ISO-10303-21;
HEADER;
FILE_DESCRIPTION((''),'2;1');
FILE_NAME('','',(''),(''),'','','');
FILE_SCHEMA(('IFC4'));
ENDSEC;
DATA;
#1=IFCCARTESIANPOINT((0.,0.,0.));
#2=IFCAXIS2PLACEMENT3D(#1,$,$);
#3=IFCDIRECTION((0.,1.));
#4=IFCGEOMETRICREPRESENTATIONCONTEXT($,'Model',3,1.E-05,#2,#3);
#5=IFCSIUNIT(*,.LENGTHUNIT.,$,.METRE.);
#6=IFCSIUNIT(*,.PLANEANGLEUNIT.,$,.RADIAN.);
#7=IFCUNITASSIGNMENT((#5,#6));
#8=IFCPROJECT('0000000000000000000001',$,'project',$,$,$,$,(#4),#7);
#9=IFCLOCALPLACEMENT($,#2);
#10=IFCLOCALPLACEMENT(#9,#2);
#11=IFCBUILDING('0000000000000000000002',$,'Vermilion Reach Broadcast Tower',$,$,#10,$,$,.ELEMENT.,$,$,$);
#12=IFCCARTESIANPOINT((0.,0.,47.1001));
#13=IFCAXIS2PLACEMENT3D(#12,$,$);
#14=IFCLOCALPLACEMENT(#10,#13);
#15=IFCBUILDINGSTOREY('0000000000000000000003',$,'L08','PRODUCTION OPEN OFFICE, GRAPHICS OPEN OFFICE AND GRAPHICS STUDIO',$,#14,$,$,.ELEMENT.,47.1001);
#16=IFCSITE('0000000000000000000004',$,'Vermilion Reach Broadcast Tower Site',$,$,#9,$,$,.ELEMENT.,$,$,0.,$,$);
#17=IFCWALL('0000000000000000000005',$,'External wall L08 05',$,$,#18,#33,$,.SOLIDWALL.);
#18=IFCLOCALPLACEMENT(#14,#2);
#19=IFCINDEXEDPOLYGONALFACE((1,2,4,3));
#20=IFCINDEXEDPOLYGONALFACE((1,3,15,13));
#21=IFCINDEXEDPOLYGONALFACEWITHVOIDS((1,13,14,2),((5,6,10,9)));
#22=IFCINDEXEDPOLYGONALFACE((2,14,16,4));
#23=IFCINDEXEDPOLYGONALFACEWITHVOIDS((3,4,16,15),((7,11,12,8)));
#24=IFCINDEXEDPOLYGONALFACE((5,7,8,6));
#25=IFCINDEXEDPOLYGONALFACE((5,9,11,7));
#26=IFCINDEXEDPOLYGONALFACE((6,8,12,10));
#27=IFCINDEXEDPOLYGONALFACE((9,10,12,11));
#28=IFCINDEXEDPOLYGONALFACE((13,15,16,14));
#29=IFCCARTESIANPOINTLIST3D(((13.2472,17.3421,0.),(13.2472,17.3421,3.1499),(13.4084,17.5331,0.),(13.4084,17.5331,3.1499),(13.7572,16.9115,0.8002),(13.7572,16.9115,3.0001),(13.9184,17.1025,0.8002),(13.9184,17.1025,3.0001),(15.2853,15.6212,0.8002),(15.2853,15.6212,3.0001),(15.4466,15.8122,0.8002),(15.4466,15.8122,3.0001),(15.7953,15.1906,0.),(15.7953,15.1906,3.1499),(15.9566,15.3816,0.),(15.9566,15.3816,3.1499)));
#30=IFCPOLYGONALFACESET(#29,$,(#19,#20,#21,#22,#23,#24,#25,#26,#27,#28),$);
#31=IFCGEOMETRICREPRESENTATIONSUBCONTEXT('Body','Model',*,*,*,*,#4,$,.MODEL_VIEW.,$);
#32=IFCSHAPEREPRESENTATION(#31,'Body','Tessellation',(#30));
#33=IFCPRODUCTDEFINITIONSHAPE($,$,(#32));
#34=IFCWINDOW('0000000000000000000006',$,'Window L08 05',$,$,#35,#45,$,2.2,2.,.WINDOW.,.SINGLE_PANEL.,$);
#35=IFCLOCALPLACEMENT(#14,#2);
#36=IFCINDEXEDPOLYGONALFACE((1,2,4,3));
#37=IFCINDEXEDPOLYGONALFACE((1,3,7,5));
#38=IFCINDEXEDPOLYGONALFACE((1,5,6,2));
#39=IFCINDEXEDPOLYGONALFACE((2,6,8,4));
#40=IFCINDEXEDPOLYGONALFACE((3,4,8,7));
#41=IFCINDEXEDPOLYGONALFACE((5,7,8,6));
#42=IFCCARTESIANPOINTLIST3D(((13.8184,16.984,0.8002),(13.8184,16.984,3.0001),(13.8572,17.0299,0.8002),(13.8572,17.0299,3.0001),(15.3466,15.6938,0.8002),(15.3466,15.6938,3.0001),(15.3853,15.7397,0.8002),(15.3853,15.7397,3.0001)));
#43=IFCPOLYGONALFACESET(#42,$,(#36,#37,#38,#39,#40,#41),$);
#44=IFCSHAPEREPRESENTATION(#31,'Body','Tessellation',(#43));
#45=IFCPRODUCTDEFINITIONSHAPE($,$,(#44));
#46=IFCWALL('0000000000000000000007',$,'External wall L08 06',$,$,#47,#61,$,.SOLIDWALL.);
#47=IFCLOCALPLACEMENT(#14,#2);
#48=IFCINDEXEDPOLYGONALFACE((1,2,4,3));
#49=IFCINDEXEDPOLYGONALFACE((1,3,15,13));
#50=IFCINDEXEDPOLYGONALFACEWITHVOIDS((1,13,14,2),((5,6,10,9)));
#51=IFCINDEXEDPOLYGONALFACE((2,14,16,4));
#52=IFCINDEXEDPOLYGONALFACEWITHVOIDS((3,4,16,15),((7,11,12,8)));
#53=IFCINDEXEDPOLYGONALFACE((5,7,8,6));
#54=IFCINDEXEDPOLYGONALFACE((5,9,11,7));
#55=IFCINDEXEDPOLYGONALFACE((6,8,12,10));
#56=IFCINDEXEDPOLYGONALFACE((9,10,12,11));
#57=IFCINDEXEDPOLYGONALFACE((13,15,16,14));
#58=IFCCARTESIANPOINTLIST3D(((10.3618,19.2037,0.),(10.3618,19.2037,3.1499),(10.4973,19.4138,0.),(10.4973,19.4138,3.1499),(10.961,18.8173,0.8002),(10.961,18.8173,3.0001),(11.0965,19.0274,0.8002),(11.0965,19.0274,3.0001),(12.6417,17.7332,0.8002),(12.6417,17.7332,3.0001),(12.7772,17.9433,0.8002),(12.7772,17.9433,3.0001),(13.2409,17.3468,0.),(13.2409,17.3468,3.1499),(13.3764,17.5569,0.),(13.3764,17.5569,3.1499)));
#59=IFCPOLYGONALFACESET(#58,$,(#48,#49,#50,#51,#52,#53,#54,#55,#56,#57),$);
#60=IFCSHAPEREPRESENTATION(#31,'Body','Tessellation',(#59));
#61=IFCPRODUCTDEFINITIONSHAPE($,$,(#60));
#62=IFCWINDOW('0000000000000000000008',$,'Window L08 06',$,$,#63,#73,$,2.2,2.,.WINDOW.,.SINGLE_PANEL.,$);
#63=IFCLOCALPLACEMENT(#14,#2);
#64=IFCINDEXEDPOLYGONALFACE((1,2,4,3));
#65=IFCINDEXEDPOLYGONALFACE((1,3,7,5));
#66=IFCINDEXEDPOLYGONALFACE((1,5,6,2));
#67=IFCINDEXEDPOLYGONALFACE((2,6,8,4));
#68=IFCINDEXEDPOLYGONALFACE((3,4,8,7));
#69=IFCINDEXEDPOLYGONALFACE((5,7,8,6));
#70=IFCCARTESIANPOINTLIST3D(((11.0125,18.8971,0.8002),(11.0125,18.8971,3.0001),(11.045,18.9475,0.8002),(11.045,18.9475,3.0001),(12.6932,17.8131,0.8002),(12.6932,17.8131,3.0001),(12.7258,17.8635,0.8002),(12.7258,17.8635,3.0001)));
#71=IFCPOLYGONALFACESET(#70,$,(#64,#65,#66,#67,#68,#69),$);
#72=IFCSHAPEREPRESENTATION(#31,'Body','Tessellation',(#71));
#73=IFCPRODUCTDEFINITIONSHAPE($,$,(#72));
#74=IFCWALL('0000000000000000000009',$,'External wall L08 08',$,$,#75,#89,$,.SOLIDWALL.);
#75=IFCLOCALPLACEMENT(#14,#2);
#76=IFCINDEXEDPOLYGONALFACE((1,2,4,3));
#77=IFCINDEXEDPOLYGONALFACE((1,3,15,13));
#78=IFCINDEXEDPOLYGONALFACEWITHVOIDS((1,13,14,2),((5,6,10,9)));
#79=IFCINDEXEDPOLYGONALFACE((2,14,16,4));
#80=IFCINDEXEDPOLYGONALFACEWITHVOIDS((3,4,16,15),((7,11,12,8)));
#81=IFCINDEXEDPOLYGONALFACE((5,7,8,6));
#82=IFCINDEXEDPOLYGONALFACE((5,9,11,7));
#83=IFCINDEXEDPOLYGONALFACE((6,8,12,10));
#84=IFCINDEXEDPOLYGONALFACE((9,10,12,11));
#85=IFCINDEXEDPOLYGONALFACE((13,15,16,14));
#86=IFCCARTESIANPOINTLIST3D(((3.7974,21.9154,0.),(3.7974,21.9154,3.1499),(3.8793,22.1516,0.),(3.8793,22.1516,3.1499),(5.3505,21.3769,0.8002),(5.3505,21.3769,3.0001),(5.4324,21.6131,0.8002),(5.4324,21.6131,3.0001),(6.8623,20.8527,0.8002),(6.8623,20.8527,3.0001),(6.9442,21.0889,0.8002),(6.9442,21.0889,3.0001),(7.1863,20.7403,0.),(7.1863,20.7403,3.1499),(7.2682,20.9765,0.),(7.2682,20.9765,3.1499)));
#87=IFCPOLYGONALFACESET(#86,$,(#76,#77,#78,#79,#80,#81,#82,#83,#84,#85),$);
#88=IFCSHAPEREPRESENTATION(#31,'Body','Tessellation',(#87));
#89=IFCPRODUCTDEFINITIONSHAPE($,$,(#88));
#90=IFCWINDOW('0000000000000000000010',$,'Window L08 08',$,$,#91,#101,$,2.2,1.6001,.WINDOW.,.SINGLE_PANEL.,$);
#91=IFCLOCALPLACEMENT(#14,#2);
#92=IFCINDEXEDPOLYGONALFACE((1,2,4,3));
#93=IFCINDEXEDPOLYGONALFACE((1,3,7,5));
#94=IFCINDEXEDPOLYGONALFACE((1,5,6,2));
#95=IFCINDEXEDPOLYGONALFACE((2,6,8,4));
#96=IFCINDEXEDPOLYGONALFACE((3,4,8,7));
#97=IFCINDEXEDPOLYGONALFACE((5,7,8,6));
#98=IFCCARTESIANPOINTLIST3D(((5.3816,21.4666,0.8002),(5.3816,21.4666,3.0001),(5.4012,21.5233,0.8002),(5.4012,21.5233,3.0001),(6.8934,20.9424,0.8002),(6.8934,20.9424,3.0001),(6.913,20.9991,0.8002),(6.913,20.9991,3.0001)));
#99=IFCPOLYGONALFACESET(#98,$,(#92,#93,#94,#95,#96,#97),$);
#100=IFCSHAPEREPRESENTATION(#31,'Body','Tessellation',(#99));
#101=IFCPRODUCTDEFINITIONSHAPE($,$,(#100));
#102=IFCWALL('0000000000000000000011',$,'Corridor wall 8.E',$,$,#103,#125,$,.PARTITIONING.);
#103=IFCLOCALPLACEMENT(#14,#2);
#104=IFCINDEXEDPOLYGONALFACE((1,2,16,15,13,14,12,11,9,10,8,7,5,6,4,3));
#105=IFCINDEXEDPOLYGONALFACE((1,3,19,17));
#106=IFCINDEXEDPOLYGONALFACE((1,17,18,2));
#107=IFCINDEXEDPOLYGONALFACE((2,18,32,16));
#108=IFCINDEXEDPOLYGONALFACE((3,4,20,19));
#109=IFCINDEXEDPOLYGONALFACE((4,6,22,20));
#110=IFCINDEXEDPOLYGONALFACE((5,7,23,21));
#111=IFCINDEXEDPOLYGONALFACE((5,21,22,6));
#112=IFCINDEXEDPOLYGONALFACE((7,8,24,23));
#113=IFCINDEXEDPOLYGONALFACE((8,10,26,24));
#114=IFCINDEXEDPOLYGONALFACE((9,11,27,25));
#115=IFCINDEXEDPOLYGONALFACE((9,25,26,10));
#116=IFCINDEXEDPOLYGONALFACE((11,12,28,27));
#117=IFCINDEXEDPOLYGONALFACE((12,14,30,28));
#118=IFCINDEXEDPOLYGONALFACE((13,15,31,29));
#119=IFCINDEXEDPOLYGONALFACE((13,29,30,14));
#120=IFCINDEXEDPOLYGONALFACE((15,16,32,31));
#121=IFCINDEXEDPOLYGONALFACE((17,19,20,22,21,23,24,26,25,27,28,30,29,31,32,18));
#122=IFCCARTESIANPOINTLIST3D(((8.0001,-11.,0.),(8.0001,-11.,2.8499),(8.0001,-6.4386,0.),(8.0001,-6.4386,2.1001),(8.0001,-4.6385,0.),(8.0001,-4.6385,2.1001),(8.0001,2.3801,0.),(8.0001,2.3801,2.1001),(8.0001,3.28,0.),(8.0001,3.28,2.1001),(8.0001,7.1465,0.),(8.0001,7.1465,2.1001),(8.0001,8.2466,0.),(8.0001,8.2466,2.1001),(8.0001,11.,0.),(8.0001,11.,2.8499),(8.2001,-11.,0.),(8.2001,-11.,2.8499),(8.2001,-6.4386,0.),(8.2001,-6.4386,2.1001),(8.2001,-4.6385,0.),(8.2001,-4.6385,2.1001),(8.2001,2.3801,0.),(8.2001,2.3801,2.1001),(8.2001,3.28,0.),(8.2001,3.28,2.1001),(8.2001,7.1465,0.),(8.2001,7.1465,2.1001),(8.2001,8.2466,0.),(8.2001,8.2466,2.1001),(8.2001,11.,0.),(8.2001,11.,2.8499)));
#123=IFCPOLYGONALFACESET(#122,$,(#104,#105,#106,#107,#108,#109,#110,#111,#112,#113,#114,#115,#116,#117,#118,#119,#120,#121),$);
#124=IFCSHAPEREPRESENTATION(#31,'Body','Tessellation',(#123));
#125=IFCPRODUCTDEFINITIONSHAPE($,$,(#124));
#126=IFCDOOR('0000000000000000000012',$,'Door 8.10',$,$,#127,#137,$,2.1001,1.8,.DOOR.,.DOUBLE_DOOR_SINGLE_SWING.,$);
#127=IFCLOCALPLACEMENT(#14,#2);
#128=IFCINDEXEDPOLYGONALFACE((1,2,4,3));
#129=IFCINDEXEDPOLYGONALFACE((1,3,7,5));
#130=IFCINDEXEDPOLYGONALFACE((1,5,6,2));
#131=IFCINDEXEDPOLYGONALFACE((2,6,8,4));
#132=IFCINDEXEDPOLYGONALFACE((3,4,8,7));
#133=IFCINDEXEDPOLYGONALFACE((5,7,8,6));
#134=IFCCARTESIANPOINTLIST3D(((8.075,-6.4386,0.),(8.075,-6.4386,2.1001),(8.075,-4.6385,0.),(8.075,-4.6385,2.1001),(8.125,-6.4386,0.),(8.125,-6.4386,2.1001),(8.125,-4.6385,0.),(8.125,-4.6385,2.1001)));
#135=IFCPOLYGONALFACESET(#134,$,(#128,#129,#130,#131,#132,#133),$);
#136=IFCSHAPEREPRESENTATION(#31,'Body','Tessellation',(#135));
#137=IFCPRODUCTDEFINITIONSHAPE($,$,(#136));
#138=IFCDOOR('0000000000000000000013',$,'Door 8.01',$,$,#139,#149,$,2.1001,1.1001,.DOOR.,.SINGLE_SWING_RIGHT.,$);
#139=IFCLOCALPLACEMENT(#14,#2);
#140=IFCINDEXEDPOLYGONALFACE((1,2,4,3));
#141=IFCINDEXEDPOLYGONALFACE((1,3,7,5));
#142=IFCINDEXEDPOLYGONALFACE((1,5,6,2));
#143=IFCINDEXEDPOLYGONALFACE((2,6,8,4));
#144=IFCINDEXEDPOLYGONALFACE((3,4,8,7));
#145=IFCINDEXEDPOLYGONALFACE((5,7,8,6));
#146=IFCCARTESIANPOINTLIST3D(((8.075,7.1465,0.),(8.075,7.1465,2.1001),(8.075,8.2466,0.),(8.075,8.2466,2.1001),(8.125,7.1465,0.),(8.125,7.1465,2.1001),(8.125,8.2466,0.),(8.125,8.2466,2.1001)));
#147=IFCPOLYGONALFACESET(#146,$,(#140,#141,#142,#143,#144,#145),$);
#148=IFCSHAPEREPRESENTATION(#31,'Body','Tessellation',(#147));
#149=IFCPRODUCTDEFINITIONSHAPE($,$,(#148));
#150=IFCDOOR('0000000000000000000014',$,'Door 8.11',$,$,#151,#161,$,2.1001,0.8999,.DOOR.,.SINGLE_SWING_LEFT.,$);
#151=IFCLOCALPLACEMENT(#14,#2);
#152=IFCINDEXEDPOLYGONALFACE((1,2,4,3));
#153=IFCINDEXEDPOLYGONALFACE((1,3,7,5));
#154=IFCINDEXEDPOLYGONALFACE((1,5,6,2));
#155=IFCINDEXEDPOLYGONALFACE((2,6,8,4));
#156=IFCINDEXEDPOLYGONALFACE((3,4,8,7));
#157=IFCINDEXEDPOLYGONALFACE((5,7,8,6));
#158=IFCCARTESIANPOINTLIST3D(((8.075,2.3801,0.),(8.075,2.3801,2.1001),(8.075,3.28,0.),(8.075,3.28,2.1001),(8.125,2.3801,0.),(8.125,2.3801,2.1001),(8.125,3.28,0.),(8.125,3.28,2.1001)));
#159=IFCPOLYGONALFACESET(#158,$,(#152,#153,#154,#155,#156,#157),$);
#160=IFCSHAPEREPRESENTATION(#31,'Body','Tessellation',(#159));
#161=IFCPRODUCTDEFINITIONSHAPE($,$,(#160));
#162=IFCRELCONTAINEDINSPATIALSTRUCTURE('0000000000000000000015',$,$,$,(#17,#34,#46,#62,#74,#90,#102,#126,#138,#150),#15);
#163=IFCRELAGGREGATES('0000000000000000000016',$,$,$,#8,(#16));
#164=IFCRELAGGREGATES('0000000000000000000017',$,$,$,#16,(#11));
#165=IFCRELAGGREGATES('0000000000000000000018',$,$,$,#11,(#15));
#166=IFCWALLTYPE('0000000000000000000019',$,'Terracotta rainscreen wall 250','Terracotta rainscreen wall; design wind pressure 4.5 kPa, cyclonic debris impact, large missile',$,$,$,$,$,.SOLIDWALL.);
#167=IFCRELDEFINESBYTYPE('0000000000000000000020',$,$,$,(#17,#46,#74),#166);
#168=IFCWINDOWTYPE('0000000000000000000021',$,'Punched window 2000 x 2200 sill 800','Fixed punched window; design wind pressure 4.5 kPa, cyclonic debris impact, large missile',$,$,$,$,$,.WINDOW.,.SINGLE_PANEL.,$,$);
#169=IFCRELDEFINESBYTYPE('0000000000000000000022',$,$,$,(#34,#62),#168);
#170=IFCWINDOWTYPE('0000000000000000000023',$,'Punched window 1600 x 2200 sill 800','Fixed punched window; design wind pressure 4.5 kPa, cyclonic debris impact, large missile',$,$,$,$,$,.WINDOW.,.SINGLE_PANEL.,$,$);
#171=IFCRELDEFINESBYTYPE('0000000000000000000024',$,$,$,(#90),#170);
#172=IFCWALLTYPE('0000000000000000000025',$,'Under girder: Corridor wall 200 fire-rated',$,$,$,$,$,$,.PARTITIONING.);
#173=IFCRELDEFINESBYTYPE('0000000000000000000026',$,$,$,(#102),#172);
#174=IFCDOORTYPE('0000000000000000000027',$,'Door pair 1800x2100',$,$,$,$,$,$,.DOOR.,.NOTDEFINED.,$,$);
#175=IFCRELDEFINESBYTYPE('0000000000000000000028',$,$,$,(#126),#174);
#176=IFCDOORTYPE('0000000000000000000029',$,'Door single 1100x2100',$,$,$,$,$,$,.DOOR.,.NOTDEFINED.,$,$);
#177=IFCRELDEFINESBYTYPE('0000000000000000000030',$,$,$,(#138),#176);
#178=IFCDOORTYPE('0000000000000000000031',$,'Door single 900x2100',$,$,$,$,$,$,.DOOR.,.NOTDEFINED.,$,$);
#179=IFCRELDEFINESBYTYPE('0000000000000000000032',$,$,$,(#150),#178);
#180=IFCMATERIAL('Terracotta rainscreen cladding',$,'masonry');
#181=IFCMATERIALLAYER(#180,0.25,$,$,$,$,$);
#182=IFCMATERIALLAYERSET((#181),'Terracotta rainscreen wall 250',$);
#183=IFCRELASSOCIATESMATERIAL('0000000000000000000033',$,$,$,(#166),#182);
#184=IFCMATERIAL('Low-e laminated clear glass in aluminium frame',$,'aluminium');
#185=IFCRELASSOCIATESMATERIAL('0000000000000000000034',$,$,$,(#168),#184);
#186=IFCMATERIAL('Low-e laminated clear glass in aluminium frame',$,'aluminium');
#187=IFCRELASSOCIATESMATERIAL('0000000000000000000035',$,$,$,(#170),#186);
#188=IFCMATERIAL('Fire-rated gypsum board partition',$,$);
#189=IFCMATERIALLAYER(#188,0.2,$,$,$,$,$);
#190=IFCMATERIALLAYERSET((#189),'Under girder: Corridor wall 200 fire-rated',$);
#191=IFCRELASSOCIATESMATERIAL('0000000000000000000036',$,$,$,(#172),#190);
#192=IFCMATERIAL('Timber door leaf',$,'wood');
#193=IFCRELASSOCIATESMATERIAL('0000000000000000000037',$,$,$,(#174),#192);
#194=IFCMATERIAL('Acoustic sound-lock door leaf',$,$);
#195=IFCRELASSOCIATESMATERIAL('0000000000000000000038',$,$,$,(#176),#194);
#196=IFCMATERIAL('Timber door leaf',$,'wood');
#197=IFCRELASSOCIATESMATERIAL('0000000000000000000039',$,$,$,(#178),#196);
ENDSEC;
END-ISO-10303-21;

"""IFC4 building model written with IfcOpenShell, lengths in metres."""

from ifc_helpers import new_model, si_unit, direction, frame, frame_2d, origin, place, context, subcontext, project, spatial, rectangle, extrude, material, layer, layer_set, type_object, element, fill, save


model = new_model("IFC4")

# Units and contexts
model_context = context("Model", 3, precision=1e-05, world=origin(), true_north=direction((0.0, 1.0)))
body_context = subcontext(model_context, "Body", "Model", "MODEL_VIEW")
ifc_project = project(units=[si_unit("LENGTHUNIT", "METRE"), si_unit("PLANEANGLEUNIT", "RADIAN")], contexts=[model_context])

# Site, building, storey
site_placement = place(None, origin())
site = spatial("IfcSite", under=ifc_project, at=site_placement, Name="Vermilion Reach Broadcast Tower Site", CompositionType="ELEMENT", RefElevation=0.0)
building_placement = place(site_placement, origin())
building = spatial("IfcBuilding", under=site, at=building_placement, Name="Vermilion Reach Broadcast Tower", CompositionType="ELEMENT")
storey_placement = place(building_placement, frame((0.0, 0.0, 47.1001)))
storey = spatial("IfcBuildingStorey", under=building, at=storey_placement, Name="L08", Description="PRODUCTION OPEN OFFICE, GRAPHICS OPEN OFFICE AND GRAPHICS STUDIO", CompositionType="ELEMENT", Elevation=47.1001)

# Shared definitions
ifc_material_1 = material(Name="Terracotta rainscreen cladding", Category="masonry")
ifc_layer_1 = layer(ifc_material_1, 0.25)
ifc_layer_set_1 = layer_set([ifc_layer_1], Name="Terracotta rainscreen wall 250")
wall_type_1 = type_object("IfcWallType", Name="Terracotta rainscreen wall 250", Description="Terracotta rainscreen wall; design wind pressure 4.5 kPa, cyclonic debris impact, large missile", PredefinedType="SOLIDWALL", material=ifc_layer_set_1)

# Walls, openings, windows
ifc_material_2 = material(Name="Low-e laminated clear glass in aluminium frame", Category="aluminium")
window_type_1 = type_object("IfcWindowType", Name="Punched window 2000 x 2200 sill 800", Description="Fixed punched window; design wind pressure 4.5 kPa, cyclonic debris impact, large missile", PartitioningType="SINGLE_PANEL", PredefinedType="WINDOW", material=ifc_material_2)
wall_1_placement = place(storey_placement, frame((15.876, 15.2861, 0.0), z_axis=(0.0, 0.0, 1.0), x_axis=(-0.764083, 0.645118, 0.0)))
wall_1 = element("IfcWall", 1, at=wall_1_placement, inside=storey, type_object=wall_type_1, Name="External wall L08 05", PredefinedType="SOLIDWALL", context=body_context, shape_type="SweptSolid", body=[
    extrude(rectangle(XDim=3.335, YDim=0.25, at=frame_2d((1.6675, 0.0))), origin(), (0.0, 0.0, 1.0), 3.1499),
])
opening_1_placement = place(wall_1_placement, frame((0.6675, 0.0, 0.8)))
opening_1 = element("IfcOpeningElement", 2, at=opening_1_placement, cuts=wall_1, PredefinedType="OPENING", context=body_context, shape_type="SweptSolid", body=[
    extrude(rectangle(XDim=2.0, YDim=2.2, at=frame_2d((1.0, 1.1001))), frame((0.0, 0.135, 0.0), z_axis=(0.0, -1.0, 0.0), x_axis=(1.0, 0.0, 0.0)), (0.0, 0.0, 1.0), 0.27),
])
window_1_placement = place(opening_1_placement, origin())
window_1 = element("IfcWindow", 3, at=window_1_placement, inside=storey, type_object=window_type_1, Name="Window L08 05", OverallHeight=2.2, OverallWidth=2.0, PartitioningType="SINGLE_PANEL", PredefinedType="WINDOW", context=body_context, shape_type="SweptSolid", body=[
    extrude(rectangle(XDim=2.0, YDim=2.2, at=frame_2d((1.0, 1.1001))), frame((0.0, 0.03, 0.0), z_axis=(0.0, -1.0, 0.0), x_axis=(1.0, 0.0, 0.0)), (0.0, 0.0, 1.0), 0.0601),
])
fill(opening_1, window_1)
wall_2_placement = place(storey_placement, frame((13.3086, 17.4519, 0.0), z_axis=(0.0, 0.0, 1.0), x_axis=(-0.840374, 0.542007, 0.0)))
wall_2 = element("IfcWall", 4, at=wall_2_placement, inside=storey, type_object=wall_type_1, Name="External wall L08 06", PredefinedType="SOLIDWALL", context=body_context, shape_type="SweptSolid", body=[
    extrude(rectangle(XDim=3.426, YDim=0.25, at=frame_2d((1.7129, 0.0))), origin(), (0.0, 0.0, 1.0), 3.1499),
])
opening_2_placement = place(wall_2_placement, frame((0.7129, 0.0, 0.8)))
opening_2 = element("IfcOpeningElement", 5, at=opening_2_placement, cuts=wall_2, PredefinedType="OPENING", context=body_context, shape_type="SweptSolid", body=[
    extrude(rectangle(XDim=2.0, YDim=2.2, at=frame_2d((1.0, 1.1001))), frame((0.0, 0.135, 0.0), z_axis=(0.0, -1.0, 0.0), x_axis=(1.0, 0.0, 0.0)), (0.0, 0.0, 1.0), 0.27),
])
window_2_placement = place(opening_2_placement, origin())
window_2 = element("IfcWindow", 6, at=window_2_placement, inside=storey, type_object=window_type_1, Name="Window L08 06", OverallHeight=2.2, OverallWidth=2.0, PartitioningType="SINGLE_PANEL", PredefinedType="WINDOW", context=body_context, shape_type="SweptSolid", body=[
    extrude(rectangle(XDim=2.0, YDim=2.2, at=frame_2d((1.0, 1.1001))), frame((0.0, 0.03, 0.0), z_axis=(0.0, -1.0, 0.0), x_axis=(1.0, 0.0, 0.0)), (0.0, 0.0, 1.0), 0.0601),
])
fill(opening_2, window_2)

# Wall, opening, window
wall_3_placement = place(storey_placement, frame((7.2273, 20.8584, 0.0), z_axis=(0.0, 0.0, 1.0), x_axis=(-0.944817, 0.327599, 0.0)))
wall_3 = element("IfcWall", 7, at=wall_3_placement, inside=storey, type_object=wall_type_1, Name="External wall L08 08", PredefinedType="SOLIDWALL", context=body_context, shape_type="SweptSolid", body=[
    extrude(rectangle(XDim=3.5869, YDim=0.25, at=frame_2d((1.7935, 0.0))), origin(), (0.0, 0.0, 1.0), 3.1499),
])
opening_3_placement = place(wall_3_placement, frame((0.343, 0.0, 0.8)))
opening_3 = element("IfcOpeningElement", 8, at=opening_3_placement, cuts=wall_3, PredefinedType="OPENING", context=body_context, shape_type="SweptSolid", body=[
    extrude(rectangle(XDim=1.6001, YDim=2.2, at=frame_2d((0.8, 1.1001))), frame((0.0, 0.135, 0.0), z_axis=(0.0, -1.0, 0.0), x_axis=(1.0, 0.0, 0.0)), (0.0, 0.0, 1.0), 0.27),
])
ifc_material_3 = material(Name="Low-e laminated clear glass in aluminium frame", Category="aluminium")
window_type_2 = type_object("IfcWindowType", Name="Punched window 1600 x 2200 sill 800", Description="Fixed punched window; design wind pressure 4.5 kPa, cyclonic debris impact, large missile", PartitioningType="SINGLE_PANEL", PredefinedType="WINDOW", material=ifc_material_3)
window_3_placement = place(opening_3_placement, origin())
window_3 = element("IfcWindow", 9, at=window_3_placement, inside=storey, type_object=window_type_2, Name="Window L08 08", OverallHeight=2.2, OverallWidth=1.6001, PartitioningType="SINGLE_PANEL", PredefinedType="WINDOW", context=body_context, shape_type="SweptSolid", body=[
    extrude(rectangle(XDim=1.6001, YDim=2.2, at=frame_2d((0.8, 1.1001))), frame((0.0, 0.03, 0.0), z_axis=(0.0, -1.0, 0.0), x_axis=(1.0, 0.0, 0.0)), (0.0, 0.0, 1.0), 0.0601),
])
fill(opening_3, window_3)

# Wall, openings, doors
ifc_material_4 = material(Name="Fire-rated gypsum board partition")
ifc_layer_2 = layer(ifc_material_4, 0.2)
ifc_layer_set_2 = layer_set([ifc_layer_2], Name="Under girder: Corridor wall 200 fire-rated")
wall_type_2 = type_object("IfcWallType", Name="Under girder: Corridor wall 200 fire-rated", PredefinedType="PARTITIONING", material=ifc_layer_set_2)
wall_4_placement = place(storey_placement, frame((8.1001, 11.0, 0.0), z_axis=(0.0, 0.0, 1.0), x_axis=(0.0, -1.0, 0.0)))
wall_4 = element("IfcWall", 10, at=wall_4_placement, inside=storey, type_object=wall_type_2, Name="Corridor wall 8.E", PredefinedType="PARTITIONING", context=body_context, shape_type="SweptSolid", body=[
    extrude(rectangle(XDim=22.0, YDim=0.2, at=frame_2d((11.0, 0.0))), origin(), (0.0, 0.0, 1.0), 2.8499),
])
opening_4_placement = place(wall_4_placement, frame((2.7534, 0.0, 0.0)))
opening_4 = element("IfcOpeningElement", 11, at=opening_4_placement, cuts=wall_4, PredefinedType="OPENING", context=body_context, shape_type="SweptSolid", body=[
    extrude(rectangle(XDim=1.1001, YDim=2.1001, at=frame_2d((0.55, 1.05))), frame((0.0, 0.1099, 0.0), z_axis=(0.0, -1.0, 0.0), x_axis=(1.0, 0.0, 0.0)), (0.0, 0.0, 1.0), 0.22),
])
opening_5_placement = place(wall_4_placement, frame((15.6387, 0.0, 0.0)))
opening_5 = element("IfcOpeningElement", 12, at=opening_5_placement, cuts=wall_4, PredefinedType="OPENING", context=body_context, shape_type="SweptSolid", body=[
    extrude(rectangle(XDim=1.8, YDim=2.1001, at=frame_2d((0.8999, 1.05))), frame((0.0, 0.1099, 0.0), z_axis=(0.0, -1.0, 0.0), x_axis=(1.0, 0.0, 0.0)), (0.0, 0.0, 1.0), 0.22),
])
opening_6_placement = place(wall_4_placement, frame((7.72, 0.0, 0.0)))
opening_6 = element("IfcOpeningElement", 13, at=opening_6_placement, cuts=wall_4, PredefinedType="OPENING", context=body_context, shape_type="SweptSolid", body=[
    extrude(rectangle(XDim=0.8999, YDim=2.1001, at=frame_2d((0.45, 1.05))), frame((0.0, 0.1099, 0.0), z_axis=(0.0, -1.0, 0.0), x_axis=(1.0, 0.0, 0.0)), (0.0, 0.0, 1.0), 0.22),
])
ifc_material_5 = material(Name="Timber door leaf", Category="wood")
door_type_1 = type_object("IfcDoorType", Name="Door pair 1800x2100", OperationType="NOTDEFINED", PredefinedType="DOOR", material=ifc_material_5)
door_1_placement = place(opening_5_placement, origin())
door_1 = element("IfcDoor", 14, at=door_1_placement, inside=storey, type_object=door_type_1, Name="Door 8.10", OperationType="DOUBLE_DOOR_SINGLE_SWING", OverallHeight=2.1001, OverallWidth=1.8, PredefinedType="DOOR", context=body_context, shape_type="SweptSolid", body=[
    extrude(rectangle(XDim=1.8, YDim=2.1001, at=frame_2d((0.8999, 1.05))), frame((0.0, 0.0249, 0.0), z_axis=(0.0, -1.0, 0.0), x_axis=(1.0, 0.0, 0.0)), (0.0, 0.0, 1.0), 0.05),
])
fill(opening_5, door_1)
ifc_material_6 = material(Name="Acoustic sound-lock door leaf")
door_type_2 = type_object("IfcDoorType", Name="Door single 1100x2100", OperationType="NOTDEFINED", PredefinedType="DOOR", material=ifc_material_6)
door_2_placement = place(opening_4_placement, origin())
door_2 = element("IfcDoor", 15, at=door_2_placement, inside=storey, type_object=door_type_2, Name="Door 8.01", OperationType="SINGLE_SWING_RIGHT", OverallHeight=2.1001, OverallWidth=1.1001, PredefinedType="DOOR", context=body_context, shape_type="SweptSolid", body=[
    extrude(rectangle(XDim=1.1001, YDim=2.1001, at=frame_2d((0.55, 1.05))), frame((0.0, 0.0249, 0.0), z_axis=(0.0, -1.0, 0.0), x_axis=(1.0, 0.0, 0.0)), (0.0, 0.0, 1.0), 0.05),
])
fill(opening_4, door_2)
ifc_material_7 = material(Name="Timber door leaf", Category="wood")
door_type_3 = type_object("IfcDoorType", Name="Door single 900x2100", OperationType="NOTDEFINED", PredefinedType="DOOR", material=ifc_material_7)
door_3_placement = place(opening_6_placement, origin())
door_3 = element("IfcDoor", 16, at=door_3_placement, inside=storey, type_object=door_type_3, Name="Door 8.11", OperationType="SINGLE_SWING_LEFT", OverallHeight=2.1001, OverallWidth=0.8999, PredefinedType="DOOR", context=body_context, shape_type="SweptSolid", body=[
    extrude(rectangle(XDim=0.8999, YDim=2.1001, at=frame_2d((0.45, 1.05))), frame((0.0, 0.0249, 0.0), z_axis=(0.0, -1.0, 0.0), x_axis=(1.0, 0.0, 0.0)), (0.0, 0.0, 1.0), 0.05),
])
fill(opening_6, door_3)

save(model, "model.ifc")
